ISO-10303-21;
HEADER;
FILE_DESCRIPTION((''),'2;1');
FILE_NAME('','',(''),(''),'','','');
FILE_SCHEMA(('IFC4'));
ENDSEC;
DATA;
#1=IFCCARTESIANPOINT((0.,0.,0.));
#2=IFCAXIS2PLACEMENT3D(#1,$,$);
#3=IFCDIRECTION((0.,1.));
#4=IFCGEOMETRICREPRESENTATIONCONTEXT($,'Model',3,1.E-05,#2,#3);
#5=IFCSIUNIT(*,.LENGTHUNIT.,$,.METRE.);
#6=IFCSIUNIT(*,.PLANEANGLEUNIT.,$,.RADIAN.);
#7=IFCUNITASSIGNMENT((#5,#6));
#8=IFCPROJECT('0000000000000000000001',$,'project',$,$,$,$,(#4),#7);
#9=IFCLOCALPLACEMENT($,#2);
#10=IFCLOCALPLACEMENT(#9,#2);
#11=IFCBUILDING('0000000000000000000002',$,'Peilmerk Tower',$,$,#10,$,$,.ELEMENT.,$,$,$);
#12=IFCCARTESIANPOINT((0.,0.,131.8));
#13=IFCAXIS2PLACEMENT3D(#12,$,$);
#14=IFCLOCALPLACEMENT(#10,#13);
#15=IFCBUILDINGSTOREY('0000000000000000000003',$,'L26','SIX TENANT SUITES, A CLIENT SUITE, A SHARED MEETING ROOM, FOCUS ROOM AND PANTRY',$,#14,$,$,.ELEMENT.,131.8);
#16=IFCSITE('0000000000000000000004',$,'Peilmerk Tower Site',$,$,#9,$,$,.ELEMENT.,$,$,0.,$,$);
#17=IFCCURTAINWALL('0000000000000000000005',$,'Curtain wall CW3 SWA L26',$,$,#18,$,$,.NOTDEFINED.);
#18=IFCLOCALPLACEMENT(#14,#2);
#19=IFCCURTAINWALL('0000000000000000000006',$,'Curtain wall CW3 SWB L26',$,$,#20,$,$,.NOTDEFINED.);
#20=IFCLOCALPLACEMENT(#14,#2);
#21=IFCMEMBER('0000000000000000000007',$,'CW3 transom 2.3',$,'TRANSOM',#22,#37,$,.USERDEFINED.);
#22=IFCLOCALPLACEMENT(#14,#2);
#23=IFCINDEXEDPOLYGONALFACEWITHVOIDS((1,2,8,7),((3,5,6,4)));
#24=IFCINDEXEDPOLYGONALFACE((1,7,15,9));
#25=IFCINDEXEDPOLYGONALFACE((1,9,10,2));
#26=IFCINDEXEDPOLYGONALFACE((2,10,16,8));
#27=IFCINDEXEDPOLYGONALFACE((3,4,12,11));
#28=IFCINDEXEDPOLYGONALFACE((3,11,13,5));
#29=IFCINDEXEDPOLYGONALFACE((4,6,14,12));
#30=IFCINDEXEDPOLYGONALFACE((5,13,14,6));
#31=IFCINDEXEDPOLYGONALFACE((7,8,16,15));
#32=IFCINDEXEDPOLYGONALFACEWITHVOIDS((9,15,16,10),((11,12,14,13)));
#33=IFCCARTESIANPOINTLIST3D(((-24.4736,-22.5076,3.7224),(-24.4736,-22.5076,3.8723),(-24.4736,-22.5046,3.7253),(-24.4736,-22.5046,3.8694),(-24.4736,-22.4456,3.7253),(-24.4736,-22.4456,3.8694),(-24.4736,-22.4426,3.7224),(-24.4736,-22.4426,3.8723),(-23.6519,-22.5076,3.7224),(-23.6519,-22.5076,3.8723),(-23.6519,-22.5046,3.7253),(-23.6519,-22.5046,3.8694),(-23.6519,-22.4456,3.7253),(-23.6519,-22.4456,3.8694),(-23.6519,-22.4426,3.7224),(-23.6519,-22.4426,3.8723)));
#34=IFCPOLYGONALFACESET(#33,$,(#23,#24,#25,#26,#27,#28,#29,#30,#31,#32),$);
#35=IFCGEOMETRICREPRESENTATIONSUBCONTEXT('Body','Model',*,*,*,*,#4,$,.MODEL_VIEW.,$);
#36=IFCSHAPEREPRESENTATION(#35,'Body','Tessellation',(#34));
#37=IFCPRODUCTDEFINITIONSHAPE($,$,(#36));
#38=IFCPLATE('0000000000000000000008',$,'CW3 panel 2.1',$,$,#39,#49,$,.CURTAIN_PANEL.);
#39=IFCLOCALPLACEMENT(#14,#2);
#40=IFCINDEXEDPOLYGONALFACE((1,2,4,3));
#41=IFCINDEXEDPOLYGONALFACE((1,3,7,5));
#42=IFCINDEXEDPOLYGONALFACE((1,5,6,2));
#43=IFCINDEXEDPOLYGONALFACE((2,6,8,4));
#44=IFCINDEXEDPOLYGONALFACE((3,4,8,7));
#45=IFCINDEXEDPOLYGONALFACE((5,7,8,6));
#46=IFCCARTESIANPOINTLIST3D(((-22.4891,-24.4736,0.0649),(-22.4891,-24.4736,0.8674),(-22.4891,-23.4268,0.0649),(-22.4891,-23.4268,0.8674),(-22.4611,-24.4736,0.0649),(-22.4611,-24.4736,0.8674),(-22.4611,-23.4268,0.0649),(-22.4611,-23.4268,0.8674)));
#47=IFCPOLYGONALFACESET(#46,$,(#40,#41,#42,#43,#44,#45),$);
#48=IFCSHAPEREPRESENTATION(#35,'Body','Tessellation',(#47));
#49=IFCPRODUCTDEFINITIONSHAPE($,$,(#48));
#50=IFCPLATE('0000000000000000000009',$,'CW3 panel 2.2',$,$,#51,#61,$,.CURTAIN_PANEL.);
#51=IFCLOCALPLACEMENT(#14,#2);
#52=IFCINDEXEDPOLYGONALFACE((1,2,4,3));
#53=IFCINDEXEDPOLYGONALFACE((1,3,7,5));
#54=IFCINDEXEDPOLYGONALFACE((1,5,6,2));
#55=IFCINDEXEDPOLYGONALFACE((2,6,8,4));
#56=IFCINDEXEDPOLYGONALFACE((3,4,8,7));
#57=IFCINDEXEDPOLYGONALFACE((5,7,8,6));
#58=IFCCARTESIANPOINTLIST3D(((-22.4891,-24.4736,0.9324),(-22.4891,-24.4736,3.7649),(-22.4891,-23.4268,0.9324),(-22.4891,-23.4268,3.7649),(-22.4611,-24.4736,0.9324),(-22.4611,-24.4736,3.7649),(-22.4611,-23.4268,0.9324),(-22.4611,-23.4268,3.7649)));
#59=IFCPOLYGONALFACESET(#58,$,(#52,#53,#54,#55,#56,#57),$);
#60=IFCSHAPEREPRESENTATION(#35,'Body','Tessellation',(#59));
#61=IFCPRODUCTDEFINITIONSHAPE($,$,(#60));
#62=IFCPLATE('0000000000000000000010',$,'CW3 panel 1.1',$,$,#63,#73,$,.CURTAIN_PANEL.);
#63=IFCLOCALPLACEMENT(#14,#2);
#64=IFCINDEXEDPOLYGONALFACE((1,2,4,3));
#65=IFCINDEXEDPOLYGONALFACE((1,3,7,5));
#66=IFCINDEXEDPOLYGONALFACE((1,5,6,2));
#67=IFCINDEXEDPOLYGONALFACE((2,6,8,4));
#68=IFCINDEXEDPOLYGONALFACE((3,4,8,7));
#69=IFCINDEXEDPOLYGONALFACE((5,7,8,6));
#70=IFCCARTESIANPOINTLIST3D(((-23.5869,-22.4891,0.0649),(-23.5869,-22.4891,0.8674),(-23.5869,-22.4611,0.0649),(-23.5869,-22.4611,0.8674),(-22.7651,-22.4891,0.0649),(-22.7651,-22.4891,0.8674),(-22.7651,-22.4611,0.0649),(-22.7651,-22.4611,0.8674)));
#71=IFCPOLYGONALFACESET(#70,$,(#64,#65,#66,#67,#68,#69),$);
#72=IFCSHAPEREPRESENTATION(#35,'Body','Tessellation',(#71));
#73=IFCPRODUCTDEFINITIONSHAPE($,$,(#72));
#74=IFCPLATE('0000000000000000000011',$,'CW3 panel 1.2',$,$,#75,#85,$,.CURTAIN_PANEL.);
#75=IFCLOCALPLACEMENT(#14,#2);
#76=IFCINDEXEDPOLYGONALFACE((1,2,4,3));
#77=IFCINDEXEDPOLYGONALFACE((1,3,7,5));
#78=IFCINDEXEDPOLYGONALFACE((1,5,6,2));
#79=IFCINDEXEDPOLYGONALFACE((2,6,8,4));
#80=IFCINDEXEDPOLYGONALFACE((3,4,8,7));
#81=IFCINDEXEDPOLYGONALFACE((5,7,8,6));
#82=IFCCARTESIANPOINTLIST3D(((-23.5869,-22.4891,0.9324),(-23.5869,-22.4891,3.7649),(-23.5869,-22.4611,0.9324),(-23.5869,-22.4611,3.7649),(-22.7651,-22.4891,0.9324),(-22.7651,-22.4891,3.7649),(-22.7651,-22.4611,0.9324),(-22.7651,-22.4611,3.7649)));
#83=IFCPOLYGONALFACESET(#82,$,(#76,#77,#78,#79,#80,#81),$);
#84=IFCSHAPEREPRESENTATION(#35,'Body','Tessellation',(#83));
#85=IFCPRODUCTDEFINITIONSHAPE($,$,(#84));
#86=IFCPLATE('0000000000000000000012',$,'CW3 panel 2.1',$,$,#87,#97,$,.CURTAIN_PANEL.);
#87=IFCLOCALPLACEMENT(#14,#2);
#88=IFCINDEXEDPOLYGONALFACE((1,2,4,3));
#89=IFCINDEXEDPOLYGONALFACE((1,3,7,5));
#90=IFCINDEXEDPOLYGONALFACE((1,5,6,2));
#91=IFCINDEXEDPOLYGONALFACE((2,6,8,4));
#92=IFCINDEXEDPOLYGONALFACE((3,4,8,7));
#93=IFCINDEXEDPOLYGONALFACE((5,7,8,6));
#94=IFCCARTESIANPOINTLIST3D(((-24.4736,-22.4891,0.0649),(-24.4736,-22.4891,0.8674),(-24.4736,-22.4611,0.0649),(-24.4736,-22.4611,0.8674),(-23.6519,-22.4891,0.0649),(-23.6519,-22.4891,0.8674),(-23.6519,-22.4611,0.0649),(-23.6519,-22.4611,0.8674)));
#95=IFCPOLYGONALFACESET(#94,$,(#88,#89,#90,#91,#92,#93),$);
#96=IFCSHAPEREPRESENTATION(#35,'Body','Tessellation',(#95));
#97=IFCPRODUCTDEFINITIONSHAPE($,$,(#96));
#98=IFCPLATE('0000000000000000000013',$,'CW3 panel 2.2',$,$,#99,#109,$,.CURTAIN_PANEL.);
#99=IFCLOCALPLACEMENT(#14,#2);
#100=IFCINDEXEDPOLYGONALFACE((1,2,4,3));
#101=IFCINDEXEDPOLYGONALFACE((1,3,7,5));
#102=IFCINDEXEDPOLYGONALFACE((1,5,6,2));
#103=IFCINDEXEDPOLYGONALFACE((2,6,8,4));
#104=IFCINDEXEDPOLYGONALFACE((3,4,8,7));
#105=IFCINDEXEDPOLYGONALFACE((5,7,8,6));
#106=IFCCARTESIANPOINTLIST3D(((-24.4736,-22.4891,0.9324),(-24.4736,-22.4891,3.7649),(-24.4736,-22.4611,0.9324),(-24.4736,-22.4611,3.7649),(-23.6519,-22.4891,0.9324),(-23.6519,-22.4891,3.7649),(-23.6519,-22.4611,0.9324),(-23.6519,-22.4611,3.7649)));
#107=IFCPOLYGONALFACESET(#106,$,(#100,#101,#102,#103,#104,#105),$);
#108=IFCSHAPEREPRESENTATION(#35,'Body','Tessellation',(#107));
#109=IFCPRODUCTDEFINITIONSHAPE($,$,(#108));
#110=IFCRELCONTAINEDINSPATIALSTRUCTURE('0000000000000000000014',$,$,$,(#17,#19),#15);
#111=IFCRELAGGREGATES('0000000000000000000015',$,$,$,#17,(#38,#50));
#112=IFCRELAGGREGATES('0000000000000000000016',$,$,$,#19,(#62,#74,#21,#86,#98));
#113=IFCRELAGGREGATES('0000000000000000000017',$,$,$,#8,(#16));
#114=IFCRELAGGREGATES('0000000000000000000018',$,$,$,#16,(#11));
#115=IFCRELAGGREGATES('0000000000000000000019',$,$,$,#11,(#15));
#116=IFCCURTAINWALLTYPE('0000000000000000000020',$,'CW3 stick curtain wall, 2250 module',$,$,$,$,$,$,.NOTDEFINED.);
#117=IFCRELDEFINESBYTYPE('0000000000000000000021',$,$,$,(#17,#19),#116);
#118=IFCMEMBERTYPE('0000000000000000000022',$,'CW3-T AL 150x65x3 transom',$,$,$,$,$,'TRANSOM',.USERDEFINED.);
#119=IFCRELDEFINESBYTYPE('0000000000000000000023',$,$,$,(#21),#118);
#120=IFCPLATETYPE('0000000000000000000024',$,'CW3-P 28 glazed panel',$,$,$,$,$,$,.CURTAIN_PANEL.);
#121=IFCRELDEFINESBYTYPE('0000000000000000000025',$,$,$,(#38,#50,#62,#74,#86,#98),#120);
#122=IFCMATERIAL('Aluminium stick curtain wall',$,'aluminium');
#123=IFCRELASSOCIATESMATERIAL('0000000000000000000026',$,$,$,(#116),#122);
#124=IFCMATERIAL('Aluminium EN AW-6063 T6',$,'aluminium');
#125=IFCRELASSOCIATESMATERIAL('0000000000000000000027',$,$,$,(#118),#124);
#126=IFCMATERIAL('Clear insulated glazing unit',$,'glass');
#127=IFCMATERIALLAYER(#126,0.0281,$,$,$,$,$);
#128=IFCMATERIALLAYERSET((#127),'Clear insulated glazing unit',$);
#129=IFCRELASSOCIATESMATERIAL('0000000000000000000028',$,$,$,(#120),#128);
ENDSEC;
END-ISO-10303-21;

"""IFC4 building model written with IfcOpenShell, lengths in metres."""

from ifc_helpers import new_model, si_unit, direction, frame, origin, origin_2d, place, context, subcontext, project, spatial, rectangle, hollow_rectangle, extrude, material, layer, layer_set, material_profile, profile_set, type_object, element, aggregate, save


model = new_model("IFC4")

# Units and contexts
model_context = context("Model", 3, precision=1e-05, world=origin(), true_north=direction((0.0, 1.0)))
body_context = subcontext(model_context, "Body", "Model", "MODEL_VIEW")
ifc_project = project(units=[si_unit("LENGTHUNIT", "METRE"), si_unit("PLANEANGLEUNIT", "RADIAN")], contexts=[model_context])

# Site, building, storey
site_placement = place(None, origin())
site = spatial("IfcSite", under=ifc_project, at=site_placement, Name="Peilmerk Tower Site", CompositionType="ELEMENT", RefElevation=0.0)
building_placement = place(site_placement, origin())
building = spatial("IfcBuilding", under=site, at=building_placement, Name="Peilmerk Tower", CompositionType="ELEMENT")
storey_placement = place(building_placement, frame((0.0, 0.0, 131.8)))
storey = spatial("IfcBuildingStorey", under=building, at=storey_placement, Name="L26", Description="SIX TENANT SUITES, A CLIENT SUITE, A SHARED MEETING ROOM, FOCUS ROOM AND PANTRY", CompositionType="ELEMENT", Elevation=131.8)

# Curtain wall
ifc_material_1 = material(Name="Aluminium stick curtain wall", Category="aluminium")
curtain_wall_type = type_object("IfcCurtainWallType", Name="CW3 stick curtain wall, 2250 module", PredefinedType="NOTDEFINED", material=ifc_material_1)
curtain_wall_1_placement = place(storey_placement, origin())
curtain_wall_1 = element("IfcCurtainWall", 1, at=curtain_wall_1_placement, inside=storey, type_object=curtain_wall_type, Name="Curtain wall CW3 SWA L26", PredefinedType="NOTDEFINED")
ifc_material_2 = material(Name="Aluminium EN AW-6063 T6", Category="aluminium")

# Curtain wall, member
curtain_wall_2_placement = place(storey_placement, origin())
curtain_wall_2 = element("IfcCurtainWall", 2, at=curtain_wall_2_placement, inside=storey, type_object=curtain_wall_type, Name="Curtain wall CW3 SWB L26", PredefinedType="NOTDEFINED")
ifc_material_profile_1 = material_profile(ifc_material_2, hollow_rectangle(XDim=0.0649, YDim=0.1499, WallThickness=0.0029, at=origin_2d()), Name="AL 150x65x3")
ifc_profile_set_1 = profile_set([ifc_material_profile_1], Name="Aluminium EN AW-6063 T6")
member_type_1 = type_object("IfcMemberType", Name="CW3-T AL 150x65x3 transom", ElementType="TRANSOM", PredefinedType="USERDEFINED", material=ifc_profile_set_1)
member_1_placement = place(storey_placement, frame((-23.6519, -22.4751, 3.7974), z_axis=(-1.0, 0.0, 0.0), x_axis=(0.0, -1.0, 0.0)))
member_1 = element("IfcMember", 3, at=member_1_placement, type_object=member_type_1, Name="CW3 transom 2.3", ObjectType="TRANSOM", PredefinedType="USERDEFINED", context=body_context, shape_type="SweptSolid", body=[
    extrude(hollow_rectangle(XDim=0.0649, YDim=0.1499, WallThickness=0.0029, at=origin_2d()), origin(), (0.0, 0.0, 1.0), 0.8218),
])

# Plates
ifc_material_3 = material(Name="Clear insulated glazing unit", Category="glass")
ifc_layer_1 = layer(ifc_material_3, 0.0281)
ifc_layer_set_1 = layer_set([ifc_layer_1], Name="Clear insulated glazing unit")
plate_type = type_object("IfcPlateType", Name="CW3-P 28 glazed panel", PredefinedType="CURTAIN_PANEL", material=ifc_layer_set_1)
plate_1_placement = place(storey_placement, frame((-22.4751, -23.9502, 0.0649), z_axis=(0.0, 0.0, 1.0), x_axis=(0.0, -1.0, 0.0)))
plate_1 = element("IfcPlate", 4, at=plate_1_placement, type_object=plate_type, Name="CW3 panel 2.1", PredefinedType="CURTAIN_PANEL", context=body_context, shape_type="SweptSolid", body=[
    extrude(rectangle(XDim=1.0469, YDim=0.0281, at=origin_2d()), origin(), (0.0, 0.0, 1.0), 0.8025),
])
plate_2_placement = place(storey_placement, frame((-22.4751, -23.9502, 0.9324), z_axis=(0.0, 0.0, 1.0), x_axis=(0.0, -1.0, 0.0)))
plate_2 = element("IfcPlate", 5, at=plate_2_placement, type_object=plate_type, Name="CW3 panel 2.2", PredefinedType="CURTAIN_PANEL", context=body_context, shape_type="SweptSolid", body=[
    extrude(rectangle(XDim=1.0469, YDim=0.0281, at=origin_2d()), origin(), (0.0, 0.0, 1.0), 2.8325),
])
aggregate(curtain_wall_1, [plate_1, plate_2])
plate_3_placement = place(storey_placement, frame((-23.176, -22.4751, 0.0649), z_axis=(0.0, 0.0, 1.0), x_axis=(-1.0, 0.0, 0.0)))
plate_3 = element("IfcPlate", 6, at=plate_3_placement, type_object=plate_type, Name="CW3 panel 1.1", PredefinedType="CURTAIN_PANEL", context=body_context, shape_type="SweptSolid", body=[
    extrude(rectangle(XDim=0.8218, YDim=0.0281, at=origin_2d()), origin(), (0.0, 0.0, 1.0), 0.8025),
])
plate_4_placement = place(storey_placement, frame((-23.176, -22.4751, 0.9324), z_axis=(0.0, 0.0, 1.0), x_axis=(-1.0, 0.0, 0.0)))
plate_4 = element("IfcPlate", 7, at=plate_4_placement, type_object=plate_type, Name="CW3 panel 1.2", PredefinedType="CURTAIN_PANEL", context=body_context, shape_type="SweptSolid", body=[
    extrude(rectangle(XDim=0.8218, YDim=0.0281, at=origin_2d()), origin(), (0.0, 0.0, 1.0), 2.8325),
])
plate_5_placement = place(storey_placement, frame((-24.0627, -22.4751, 0.0649), z_axis=(0.0, 0.0, 1.0), x_axis=(-1.0, 0.0, 0.0)))
plate_5 = element("IfcPlate", 8, at=plate_5_placement, type_object=plate_type, Name="CW3 panel 2.1", PredefinedType="CURTAIN_PANEL", context=body_context, shape_type="SweptSolid", body=[
    extrude(rectangle(XDim=0.8218, YDim=0.0281, at=origin_2d()), origin(), (0.0, 0.0, 1.0), 0.8025),
])
plate_6_placement = place(storey_placement, frame((-24.0627, -22.4751, 0.9324), z_axis=(0.0, 0.0, 1.0), x_axis=(-1.0, 0.0, 0.0)))
plate_6 = element("IfcPlate", 9, at=plate_6_placement, type_object=plate_type, Name="CW3 panel 2.2", PredefinedType="CURTAIN_PANEL", context=body_context, shape_type="SweptSolid", body=[
    extrude(rectangle(XDim=0.8218, YDim=0.0281, at=origin_2d()), origin(), (0.0, 0.0, 1.0), 2.8325),
])
aggregate(curtain_wall_2, [plate_3, plate_4, member_1, plate_5, plate_6])

save(model, "model.ifc")
